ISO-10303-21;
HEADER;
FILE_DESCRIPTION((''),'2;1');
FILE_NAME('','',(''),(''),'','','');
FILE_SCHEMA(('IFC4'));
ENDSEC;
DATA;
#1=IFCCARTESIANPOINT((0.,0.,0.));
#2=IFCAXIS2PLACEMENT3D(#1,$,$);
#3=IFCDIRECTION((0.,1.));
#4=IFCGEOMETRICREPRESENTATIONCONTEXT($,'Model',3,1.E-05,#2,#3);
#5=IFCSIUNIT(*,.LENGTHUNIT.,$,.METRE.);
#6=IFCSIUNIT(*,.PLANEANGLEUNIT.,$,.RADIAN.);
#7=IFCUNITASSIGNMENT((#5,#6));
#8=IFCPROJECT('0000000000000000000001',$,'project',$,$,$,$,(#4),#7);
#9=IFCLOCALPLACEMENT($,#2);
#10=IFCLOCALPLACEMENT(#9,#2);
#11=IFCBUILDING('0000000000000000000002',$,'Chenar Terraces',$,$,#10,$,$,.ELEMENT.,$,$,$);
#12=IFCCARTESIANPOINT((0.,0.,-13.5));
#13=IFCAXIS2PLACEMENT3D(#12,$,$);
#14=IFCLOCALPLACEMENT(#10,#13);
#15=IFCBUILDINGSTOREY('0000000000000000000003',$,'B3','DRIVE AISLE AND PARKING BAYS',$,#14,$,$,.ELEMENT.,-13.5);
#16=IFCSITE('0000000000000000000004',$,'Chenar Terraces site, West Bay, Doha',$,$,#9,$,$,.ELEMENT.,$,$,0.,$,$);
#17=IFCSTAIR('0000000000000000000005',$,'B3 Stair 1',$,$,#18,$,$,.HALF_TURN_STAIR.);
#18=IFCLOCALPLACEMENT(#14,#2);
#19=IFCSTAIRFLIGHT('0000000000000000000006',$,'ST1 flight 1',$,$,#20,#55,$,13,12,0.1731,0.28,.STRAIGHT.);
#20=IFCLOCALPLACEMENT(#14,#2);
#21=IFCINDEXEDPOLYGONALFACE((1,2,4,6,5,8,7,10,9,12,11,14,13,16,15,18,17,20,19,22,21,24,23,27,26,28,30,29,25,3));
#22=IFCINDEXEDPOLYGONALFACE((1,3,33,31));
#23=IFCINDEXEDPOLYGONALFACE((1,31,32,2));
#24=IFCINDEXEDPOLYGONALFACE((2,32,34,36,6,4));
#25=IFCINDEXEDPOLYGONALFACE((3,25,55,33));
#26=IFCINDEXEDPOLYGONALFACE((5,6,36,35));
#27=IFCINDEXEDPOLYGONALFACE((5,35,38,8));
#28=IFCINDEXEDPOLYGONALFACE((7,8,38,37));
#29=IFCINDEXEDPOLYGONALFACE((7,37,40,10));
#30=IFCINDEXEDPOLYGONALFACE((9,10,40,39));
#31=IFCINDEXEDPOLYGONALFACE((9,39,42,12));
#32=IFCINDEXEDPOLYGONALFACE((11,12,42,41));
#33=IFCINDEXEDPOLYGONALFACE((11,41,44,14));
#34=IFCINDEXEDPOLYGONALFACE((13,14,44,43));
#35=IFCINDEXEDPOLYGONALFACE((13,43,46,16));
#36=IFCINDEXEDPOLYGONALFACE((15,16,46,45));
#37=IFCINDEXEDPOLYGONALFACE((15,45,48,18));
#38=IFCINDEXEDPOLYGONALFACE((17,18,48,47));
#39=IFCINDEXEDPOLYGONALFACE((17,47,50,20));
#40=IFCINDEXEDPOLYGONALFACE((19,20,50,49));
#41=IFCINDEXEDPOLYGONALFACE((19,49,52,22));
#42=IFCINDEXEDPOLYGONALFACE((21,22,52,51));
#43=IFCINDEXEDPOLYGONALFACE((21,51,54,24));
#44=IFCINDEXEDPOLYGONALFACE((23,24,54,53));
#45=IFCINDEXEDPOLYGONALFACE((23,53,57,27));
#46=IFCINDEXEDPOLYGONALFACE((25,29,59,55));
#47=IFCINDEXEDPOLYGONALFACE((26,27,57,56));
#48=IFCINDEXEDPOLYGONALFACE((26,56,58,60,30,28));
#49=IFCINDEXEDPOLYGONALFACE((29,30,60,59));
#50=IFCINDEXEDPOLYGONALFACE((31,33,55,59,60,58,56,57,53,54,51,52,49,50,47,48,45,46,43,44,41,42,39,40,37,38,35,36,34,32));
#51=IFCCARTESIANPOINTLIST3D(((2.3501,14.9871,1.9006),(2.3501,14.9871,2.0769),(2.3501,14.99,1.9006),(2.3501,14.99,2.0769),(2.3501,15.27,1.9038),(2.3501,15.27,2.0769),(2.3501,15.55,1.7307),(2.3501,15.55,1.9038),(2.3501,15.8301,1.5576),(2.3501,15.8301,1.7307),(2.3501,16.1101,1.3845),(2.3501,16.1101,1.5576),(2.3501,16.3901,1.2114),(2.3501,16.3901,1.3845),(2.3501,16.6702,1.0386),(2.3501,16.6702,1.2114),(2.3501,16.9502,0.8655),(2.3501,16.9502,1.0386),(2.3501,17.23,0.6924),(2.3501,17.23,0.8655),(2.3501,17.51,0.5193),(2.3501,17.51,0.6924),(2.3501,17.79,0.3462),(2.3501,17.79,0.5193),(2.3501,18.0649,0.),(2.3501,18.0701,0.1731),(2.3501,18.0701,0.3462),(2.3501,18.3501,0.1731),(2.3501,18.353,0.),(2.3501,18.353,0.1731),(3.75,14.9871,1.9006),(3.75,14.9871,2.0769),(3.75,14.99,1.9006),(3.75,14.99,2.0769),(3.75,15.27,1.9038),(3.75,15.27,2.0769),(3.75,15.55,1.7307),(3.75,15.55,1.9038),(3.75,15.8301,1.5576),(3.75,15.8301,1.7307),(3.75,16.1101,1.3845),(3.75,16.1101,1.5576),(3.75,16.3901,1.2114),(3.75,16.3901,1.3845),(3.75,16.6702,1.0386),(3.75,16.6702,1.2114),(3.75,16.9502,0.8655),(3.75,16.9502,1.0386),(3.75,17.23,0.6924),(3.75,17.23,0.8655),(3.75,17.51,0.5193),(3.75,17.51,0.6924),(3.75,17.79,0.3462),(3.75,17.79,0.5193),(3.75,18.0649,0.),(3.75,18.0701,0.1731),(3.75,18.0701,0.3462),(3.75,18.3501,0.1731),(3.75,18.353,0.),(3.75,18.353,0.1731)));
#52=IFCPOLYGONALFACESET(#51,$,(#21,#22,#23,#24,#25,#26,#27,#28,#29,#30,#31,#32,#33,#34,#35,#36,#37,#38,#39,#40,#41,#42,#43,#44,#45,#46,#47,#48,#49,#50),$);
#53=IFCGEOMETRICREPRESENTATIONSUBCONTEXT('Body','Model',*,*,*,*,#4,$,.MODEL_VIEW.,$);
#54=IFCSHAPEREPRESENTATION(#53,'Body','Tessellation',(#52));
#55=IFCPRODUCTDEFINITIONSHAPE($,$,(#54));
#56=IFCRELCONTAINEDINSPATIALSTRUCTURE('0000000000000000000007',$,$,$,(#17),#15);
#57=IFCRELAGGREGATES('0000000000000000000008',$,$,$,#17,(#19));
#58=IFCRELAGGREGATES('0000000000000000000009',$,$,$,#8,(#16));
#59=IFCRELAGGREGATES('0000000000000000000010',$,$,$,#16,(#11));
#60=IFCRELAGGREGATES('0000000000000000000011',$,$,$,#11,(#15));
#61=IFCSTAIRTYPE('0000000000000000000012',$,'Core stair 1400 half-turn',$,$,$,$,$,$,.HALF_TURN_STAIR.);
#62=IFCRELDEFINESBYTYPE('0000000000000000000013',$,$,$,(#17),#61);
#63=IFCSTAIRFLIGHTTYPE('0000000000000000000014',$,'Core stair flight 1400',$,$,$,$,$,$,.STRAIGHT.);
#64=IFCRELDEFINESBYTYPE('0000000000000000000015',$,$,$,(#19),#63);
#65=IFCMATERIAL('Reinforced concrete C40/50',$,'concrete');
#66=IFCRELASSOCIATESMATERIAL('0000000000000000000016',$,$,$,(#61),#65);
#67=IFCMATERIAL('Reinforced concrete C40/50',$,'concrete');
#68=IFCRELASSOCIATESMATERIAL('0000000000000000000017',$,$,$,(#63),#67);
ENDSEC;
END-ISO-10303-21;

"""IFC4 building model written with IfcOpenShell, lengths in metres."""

from ifc_helpers import new_model, si_unit, direction, frame, origin, place, context, subcontext, project, spatial, polyline, outline, extrude, material, type_object, element, aggregate, save


model = new_model("IFC4")

# Units and contexts
model_context = context("Model", 3, precision=1e-05, world=origin(), true_north=direction((0.0, 1.0)))
body_context = subcontext(model_context, "Body", "Model", "MODEL_VIEW")
ifc_project = project(units=[si_unit("LENGTHUNIT", "METRE"), si_unit("PLANEANGLEUNIT", "RADIAN")], contexts=[model_context])

# Site, building, storey
site_placement = place(None, origin())
site = spatial("IfcSite", under=ifc_project, at=site_placement, Name="Chenar Terraces site, West Bay, Doha", CompositionType="ELEMENT", RefElevation=0.0)
building_placement = place(site_placement, origin())
building = spatial("IfcBuilding", under=site, at=building_placement, Name="Chenar Terraces", CompositionType="ELEMENT")
storey_placement = place(building_placement, frame((0.0, 0.0, -13.5)))
storey = spatial("IfcBuildingStorey", under=building, at=storey_placement, Name="B3", Description="DRIVE AISLE AND PARKING BAYS", CompositionType="ELEMENT", Elevation=-13.5)

# Stair, stair flight
ifc_material_1 = material(Name="Reinforced concrete C40/50", Category="concrete")
stair_type = type_object("IfcStairType", Name="Core stair 1400 half-turn", PredefinedType="HALF_TURN_STAIR", material=ifc_material_1)
stair_placement = place(storey_placement, origin())
stair = element("IfcStair", 1, at=stair_placement, inside=storey, type_object=stair_type, Name="B3 Stair 1", PredefinedType="HALF_TURN_STAIR")
ifc_material_2 = material(Name="Reinforced concrete C40/50", Category="concrete")
stair_flight_type = type_object("IfcStairFlightType", Name="Core stair flight 1400", PredefinedType="STRAIGHT", material=ifc_material_2)
stair_flight_placement = place(storey_placement, frame((3.05, 18.3501, 0.0), z_axis=(0.0, 0.0, 1.0), x_axis=(0.0, -1.0, 0.0)))
stair_flight = element("IfcStairFlight", 2, at=stair_flight_placement, type_object=stair_flight_type, Name="ST1 flight 1", NumberOfRisers=13, NumberOfTreads=12, PredefinedType="STRAIGHT", RiserHeight=0.1731, TreadLength=0.28, context=body_context, shape_type="SweptSolid", body=[
    extrude(outline(polyline([(-0.0029, 0.0), (-0.0029, 0.1731), (0.0, 0.1731), (0.28, 0.1731), (0.28, 0.3462), (0.5601, 0.3462), (0.5601, 0.5193), (0.8401, 0.5193), (0.8401, 0.6924), (1.1201, 0.6924), (1.1201, 0.8655), (1.3999, 0.8655), (1.3999, 1.0386), (1.6799, 1.0386), (1.6799, 1.2114), (1.96, 1.2114), (1.96, 1.3845), (2.24, 1.3845), (2.24, 1.5576), (2.52, 1.5576), (2.52, 1.7307), (2.8, 1.7307), (2.8, 1.9038), (3.0801, 1.9038), (3.0801, 2.0769), (3.3601, 2.0769), (3.363, 2.0769), (3.363, 1.9006), (3.3601, 1.9006), (0.2852, 0.0), (-0.0029, 0.0)])), frame((0.0, 0.7, 0.0), z_axis=(0.0, -1.0, 0.0), x_axis=(1.0, 0.0, 0.0)), (0.0, 0.0, 1.0), 1.3999),
])
aggregate(stair, [stair_flight])

save(model, "model.ifc")
